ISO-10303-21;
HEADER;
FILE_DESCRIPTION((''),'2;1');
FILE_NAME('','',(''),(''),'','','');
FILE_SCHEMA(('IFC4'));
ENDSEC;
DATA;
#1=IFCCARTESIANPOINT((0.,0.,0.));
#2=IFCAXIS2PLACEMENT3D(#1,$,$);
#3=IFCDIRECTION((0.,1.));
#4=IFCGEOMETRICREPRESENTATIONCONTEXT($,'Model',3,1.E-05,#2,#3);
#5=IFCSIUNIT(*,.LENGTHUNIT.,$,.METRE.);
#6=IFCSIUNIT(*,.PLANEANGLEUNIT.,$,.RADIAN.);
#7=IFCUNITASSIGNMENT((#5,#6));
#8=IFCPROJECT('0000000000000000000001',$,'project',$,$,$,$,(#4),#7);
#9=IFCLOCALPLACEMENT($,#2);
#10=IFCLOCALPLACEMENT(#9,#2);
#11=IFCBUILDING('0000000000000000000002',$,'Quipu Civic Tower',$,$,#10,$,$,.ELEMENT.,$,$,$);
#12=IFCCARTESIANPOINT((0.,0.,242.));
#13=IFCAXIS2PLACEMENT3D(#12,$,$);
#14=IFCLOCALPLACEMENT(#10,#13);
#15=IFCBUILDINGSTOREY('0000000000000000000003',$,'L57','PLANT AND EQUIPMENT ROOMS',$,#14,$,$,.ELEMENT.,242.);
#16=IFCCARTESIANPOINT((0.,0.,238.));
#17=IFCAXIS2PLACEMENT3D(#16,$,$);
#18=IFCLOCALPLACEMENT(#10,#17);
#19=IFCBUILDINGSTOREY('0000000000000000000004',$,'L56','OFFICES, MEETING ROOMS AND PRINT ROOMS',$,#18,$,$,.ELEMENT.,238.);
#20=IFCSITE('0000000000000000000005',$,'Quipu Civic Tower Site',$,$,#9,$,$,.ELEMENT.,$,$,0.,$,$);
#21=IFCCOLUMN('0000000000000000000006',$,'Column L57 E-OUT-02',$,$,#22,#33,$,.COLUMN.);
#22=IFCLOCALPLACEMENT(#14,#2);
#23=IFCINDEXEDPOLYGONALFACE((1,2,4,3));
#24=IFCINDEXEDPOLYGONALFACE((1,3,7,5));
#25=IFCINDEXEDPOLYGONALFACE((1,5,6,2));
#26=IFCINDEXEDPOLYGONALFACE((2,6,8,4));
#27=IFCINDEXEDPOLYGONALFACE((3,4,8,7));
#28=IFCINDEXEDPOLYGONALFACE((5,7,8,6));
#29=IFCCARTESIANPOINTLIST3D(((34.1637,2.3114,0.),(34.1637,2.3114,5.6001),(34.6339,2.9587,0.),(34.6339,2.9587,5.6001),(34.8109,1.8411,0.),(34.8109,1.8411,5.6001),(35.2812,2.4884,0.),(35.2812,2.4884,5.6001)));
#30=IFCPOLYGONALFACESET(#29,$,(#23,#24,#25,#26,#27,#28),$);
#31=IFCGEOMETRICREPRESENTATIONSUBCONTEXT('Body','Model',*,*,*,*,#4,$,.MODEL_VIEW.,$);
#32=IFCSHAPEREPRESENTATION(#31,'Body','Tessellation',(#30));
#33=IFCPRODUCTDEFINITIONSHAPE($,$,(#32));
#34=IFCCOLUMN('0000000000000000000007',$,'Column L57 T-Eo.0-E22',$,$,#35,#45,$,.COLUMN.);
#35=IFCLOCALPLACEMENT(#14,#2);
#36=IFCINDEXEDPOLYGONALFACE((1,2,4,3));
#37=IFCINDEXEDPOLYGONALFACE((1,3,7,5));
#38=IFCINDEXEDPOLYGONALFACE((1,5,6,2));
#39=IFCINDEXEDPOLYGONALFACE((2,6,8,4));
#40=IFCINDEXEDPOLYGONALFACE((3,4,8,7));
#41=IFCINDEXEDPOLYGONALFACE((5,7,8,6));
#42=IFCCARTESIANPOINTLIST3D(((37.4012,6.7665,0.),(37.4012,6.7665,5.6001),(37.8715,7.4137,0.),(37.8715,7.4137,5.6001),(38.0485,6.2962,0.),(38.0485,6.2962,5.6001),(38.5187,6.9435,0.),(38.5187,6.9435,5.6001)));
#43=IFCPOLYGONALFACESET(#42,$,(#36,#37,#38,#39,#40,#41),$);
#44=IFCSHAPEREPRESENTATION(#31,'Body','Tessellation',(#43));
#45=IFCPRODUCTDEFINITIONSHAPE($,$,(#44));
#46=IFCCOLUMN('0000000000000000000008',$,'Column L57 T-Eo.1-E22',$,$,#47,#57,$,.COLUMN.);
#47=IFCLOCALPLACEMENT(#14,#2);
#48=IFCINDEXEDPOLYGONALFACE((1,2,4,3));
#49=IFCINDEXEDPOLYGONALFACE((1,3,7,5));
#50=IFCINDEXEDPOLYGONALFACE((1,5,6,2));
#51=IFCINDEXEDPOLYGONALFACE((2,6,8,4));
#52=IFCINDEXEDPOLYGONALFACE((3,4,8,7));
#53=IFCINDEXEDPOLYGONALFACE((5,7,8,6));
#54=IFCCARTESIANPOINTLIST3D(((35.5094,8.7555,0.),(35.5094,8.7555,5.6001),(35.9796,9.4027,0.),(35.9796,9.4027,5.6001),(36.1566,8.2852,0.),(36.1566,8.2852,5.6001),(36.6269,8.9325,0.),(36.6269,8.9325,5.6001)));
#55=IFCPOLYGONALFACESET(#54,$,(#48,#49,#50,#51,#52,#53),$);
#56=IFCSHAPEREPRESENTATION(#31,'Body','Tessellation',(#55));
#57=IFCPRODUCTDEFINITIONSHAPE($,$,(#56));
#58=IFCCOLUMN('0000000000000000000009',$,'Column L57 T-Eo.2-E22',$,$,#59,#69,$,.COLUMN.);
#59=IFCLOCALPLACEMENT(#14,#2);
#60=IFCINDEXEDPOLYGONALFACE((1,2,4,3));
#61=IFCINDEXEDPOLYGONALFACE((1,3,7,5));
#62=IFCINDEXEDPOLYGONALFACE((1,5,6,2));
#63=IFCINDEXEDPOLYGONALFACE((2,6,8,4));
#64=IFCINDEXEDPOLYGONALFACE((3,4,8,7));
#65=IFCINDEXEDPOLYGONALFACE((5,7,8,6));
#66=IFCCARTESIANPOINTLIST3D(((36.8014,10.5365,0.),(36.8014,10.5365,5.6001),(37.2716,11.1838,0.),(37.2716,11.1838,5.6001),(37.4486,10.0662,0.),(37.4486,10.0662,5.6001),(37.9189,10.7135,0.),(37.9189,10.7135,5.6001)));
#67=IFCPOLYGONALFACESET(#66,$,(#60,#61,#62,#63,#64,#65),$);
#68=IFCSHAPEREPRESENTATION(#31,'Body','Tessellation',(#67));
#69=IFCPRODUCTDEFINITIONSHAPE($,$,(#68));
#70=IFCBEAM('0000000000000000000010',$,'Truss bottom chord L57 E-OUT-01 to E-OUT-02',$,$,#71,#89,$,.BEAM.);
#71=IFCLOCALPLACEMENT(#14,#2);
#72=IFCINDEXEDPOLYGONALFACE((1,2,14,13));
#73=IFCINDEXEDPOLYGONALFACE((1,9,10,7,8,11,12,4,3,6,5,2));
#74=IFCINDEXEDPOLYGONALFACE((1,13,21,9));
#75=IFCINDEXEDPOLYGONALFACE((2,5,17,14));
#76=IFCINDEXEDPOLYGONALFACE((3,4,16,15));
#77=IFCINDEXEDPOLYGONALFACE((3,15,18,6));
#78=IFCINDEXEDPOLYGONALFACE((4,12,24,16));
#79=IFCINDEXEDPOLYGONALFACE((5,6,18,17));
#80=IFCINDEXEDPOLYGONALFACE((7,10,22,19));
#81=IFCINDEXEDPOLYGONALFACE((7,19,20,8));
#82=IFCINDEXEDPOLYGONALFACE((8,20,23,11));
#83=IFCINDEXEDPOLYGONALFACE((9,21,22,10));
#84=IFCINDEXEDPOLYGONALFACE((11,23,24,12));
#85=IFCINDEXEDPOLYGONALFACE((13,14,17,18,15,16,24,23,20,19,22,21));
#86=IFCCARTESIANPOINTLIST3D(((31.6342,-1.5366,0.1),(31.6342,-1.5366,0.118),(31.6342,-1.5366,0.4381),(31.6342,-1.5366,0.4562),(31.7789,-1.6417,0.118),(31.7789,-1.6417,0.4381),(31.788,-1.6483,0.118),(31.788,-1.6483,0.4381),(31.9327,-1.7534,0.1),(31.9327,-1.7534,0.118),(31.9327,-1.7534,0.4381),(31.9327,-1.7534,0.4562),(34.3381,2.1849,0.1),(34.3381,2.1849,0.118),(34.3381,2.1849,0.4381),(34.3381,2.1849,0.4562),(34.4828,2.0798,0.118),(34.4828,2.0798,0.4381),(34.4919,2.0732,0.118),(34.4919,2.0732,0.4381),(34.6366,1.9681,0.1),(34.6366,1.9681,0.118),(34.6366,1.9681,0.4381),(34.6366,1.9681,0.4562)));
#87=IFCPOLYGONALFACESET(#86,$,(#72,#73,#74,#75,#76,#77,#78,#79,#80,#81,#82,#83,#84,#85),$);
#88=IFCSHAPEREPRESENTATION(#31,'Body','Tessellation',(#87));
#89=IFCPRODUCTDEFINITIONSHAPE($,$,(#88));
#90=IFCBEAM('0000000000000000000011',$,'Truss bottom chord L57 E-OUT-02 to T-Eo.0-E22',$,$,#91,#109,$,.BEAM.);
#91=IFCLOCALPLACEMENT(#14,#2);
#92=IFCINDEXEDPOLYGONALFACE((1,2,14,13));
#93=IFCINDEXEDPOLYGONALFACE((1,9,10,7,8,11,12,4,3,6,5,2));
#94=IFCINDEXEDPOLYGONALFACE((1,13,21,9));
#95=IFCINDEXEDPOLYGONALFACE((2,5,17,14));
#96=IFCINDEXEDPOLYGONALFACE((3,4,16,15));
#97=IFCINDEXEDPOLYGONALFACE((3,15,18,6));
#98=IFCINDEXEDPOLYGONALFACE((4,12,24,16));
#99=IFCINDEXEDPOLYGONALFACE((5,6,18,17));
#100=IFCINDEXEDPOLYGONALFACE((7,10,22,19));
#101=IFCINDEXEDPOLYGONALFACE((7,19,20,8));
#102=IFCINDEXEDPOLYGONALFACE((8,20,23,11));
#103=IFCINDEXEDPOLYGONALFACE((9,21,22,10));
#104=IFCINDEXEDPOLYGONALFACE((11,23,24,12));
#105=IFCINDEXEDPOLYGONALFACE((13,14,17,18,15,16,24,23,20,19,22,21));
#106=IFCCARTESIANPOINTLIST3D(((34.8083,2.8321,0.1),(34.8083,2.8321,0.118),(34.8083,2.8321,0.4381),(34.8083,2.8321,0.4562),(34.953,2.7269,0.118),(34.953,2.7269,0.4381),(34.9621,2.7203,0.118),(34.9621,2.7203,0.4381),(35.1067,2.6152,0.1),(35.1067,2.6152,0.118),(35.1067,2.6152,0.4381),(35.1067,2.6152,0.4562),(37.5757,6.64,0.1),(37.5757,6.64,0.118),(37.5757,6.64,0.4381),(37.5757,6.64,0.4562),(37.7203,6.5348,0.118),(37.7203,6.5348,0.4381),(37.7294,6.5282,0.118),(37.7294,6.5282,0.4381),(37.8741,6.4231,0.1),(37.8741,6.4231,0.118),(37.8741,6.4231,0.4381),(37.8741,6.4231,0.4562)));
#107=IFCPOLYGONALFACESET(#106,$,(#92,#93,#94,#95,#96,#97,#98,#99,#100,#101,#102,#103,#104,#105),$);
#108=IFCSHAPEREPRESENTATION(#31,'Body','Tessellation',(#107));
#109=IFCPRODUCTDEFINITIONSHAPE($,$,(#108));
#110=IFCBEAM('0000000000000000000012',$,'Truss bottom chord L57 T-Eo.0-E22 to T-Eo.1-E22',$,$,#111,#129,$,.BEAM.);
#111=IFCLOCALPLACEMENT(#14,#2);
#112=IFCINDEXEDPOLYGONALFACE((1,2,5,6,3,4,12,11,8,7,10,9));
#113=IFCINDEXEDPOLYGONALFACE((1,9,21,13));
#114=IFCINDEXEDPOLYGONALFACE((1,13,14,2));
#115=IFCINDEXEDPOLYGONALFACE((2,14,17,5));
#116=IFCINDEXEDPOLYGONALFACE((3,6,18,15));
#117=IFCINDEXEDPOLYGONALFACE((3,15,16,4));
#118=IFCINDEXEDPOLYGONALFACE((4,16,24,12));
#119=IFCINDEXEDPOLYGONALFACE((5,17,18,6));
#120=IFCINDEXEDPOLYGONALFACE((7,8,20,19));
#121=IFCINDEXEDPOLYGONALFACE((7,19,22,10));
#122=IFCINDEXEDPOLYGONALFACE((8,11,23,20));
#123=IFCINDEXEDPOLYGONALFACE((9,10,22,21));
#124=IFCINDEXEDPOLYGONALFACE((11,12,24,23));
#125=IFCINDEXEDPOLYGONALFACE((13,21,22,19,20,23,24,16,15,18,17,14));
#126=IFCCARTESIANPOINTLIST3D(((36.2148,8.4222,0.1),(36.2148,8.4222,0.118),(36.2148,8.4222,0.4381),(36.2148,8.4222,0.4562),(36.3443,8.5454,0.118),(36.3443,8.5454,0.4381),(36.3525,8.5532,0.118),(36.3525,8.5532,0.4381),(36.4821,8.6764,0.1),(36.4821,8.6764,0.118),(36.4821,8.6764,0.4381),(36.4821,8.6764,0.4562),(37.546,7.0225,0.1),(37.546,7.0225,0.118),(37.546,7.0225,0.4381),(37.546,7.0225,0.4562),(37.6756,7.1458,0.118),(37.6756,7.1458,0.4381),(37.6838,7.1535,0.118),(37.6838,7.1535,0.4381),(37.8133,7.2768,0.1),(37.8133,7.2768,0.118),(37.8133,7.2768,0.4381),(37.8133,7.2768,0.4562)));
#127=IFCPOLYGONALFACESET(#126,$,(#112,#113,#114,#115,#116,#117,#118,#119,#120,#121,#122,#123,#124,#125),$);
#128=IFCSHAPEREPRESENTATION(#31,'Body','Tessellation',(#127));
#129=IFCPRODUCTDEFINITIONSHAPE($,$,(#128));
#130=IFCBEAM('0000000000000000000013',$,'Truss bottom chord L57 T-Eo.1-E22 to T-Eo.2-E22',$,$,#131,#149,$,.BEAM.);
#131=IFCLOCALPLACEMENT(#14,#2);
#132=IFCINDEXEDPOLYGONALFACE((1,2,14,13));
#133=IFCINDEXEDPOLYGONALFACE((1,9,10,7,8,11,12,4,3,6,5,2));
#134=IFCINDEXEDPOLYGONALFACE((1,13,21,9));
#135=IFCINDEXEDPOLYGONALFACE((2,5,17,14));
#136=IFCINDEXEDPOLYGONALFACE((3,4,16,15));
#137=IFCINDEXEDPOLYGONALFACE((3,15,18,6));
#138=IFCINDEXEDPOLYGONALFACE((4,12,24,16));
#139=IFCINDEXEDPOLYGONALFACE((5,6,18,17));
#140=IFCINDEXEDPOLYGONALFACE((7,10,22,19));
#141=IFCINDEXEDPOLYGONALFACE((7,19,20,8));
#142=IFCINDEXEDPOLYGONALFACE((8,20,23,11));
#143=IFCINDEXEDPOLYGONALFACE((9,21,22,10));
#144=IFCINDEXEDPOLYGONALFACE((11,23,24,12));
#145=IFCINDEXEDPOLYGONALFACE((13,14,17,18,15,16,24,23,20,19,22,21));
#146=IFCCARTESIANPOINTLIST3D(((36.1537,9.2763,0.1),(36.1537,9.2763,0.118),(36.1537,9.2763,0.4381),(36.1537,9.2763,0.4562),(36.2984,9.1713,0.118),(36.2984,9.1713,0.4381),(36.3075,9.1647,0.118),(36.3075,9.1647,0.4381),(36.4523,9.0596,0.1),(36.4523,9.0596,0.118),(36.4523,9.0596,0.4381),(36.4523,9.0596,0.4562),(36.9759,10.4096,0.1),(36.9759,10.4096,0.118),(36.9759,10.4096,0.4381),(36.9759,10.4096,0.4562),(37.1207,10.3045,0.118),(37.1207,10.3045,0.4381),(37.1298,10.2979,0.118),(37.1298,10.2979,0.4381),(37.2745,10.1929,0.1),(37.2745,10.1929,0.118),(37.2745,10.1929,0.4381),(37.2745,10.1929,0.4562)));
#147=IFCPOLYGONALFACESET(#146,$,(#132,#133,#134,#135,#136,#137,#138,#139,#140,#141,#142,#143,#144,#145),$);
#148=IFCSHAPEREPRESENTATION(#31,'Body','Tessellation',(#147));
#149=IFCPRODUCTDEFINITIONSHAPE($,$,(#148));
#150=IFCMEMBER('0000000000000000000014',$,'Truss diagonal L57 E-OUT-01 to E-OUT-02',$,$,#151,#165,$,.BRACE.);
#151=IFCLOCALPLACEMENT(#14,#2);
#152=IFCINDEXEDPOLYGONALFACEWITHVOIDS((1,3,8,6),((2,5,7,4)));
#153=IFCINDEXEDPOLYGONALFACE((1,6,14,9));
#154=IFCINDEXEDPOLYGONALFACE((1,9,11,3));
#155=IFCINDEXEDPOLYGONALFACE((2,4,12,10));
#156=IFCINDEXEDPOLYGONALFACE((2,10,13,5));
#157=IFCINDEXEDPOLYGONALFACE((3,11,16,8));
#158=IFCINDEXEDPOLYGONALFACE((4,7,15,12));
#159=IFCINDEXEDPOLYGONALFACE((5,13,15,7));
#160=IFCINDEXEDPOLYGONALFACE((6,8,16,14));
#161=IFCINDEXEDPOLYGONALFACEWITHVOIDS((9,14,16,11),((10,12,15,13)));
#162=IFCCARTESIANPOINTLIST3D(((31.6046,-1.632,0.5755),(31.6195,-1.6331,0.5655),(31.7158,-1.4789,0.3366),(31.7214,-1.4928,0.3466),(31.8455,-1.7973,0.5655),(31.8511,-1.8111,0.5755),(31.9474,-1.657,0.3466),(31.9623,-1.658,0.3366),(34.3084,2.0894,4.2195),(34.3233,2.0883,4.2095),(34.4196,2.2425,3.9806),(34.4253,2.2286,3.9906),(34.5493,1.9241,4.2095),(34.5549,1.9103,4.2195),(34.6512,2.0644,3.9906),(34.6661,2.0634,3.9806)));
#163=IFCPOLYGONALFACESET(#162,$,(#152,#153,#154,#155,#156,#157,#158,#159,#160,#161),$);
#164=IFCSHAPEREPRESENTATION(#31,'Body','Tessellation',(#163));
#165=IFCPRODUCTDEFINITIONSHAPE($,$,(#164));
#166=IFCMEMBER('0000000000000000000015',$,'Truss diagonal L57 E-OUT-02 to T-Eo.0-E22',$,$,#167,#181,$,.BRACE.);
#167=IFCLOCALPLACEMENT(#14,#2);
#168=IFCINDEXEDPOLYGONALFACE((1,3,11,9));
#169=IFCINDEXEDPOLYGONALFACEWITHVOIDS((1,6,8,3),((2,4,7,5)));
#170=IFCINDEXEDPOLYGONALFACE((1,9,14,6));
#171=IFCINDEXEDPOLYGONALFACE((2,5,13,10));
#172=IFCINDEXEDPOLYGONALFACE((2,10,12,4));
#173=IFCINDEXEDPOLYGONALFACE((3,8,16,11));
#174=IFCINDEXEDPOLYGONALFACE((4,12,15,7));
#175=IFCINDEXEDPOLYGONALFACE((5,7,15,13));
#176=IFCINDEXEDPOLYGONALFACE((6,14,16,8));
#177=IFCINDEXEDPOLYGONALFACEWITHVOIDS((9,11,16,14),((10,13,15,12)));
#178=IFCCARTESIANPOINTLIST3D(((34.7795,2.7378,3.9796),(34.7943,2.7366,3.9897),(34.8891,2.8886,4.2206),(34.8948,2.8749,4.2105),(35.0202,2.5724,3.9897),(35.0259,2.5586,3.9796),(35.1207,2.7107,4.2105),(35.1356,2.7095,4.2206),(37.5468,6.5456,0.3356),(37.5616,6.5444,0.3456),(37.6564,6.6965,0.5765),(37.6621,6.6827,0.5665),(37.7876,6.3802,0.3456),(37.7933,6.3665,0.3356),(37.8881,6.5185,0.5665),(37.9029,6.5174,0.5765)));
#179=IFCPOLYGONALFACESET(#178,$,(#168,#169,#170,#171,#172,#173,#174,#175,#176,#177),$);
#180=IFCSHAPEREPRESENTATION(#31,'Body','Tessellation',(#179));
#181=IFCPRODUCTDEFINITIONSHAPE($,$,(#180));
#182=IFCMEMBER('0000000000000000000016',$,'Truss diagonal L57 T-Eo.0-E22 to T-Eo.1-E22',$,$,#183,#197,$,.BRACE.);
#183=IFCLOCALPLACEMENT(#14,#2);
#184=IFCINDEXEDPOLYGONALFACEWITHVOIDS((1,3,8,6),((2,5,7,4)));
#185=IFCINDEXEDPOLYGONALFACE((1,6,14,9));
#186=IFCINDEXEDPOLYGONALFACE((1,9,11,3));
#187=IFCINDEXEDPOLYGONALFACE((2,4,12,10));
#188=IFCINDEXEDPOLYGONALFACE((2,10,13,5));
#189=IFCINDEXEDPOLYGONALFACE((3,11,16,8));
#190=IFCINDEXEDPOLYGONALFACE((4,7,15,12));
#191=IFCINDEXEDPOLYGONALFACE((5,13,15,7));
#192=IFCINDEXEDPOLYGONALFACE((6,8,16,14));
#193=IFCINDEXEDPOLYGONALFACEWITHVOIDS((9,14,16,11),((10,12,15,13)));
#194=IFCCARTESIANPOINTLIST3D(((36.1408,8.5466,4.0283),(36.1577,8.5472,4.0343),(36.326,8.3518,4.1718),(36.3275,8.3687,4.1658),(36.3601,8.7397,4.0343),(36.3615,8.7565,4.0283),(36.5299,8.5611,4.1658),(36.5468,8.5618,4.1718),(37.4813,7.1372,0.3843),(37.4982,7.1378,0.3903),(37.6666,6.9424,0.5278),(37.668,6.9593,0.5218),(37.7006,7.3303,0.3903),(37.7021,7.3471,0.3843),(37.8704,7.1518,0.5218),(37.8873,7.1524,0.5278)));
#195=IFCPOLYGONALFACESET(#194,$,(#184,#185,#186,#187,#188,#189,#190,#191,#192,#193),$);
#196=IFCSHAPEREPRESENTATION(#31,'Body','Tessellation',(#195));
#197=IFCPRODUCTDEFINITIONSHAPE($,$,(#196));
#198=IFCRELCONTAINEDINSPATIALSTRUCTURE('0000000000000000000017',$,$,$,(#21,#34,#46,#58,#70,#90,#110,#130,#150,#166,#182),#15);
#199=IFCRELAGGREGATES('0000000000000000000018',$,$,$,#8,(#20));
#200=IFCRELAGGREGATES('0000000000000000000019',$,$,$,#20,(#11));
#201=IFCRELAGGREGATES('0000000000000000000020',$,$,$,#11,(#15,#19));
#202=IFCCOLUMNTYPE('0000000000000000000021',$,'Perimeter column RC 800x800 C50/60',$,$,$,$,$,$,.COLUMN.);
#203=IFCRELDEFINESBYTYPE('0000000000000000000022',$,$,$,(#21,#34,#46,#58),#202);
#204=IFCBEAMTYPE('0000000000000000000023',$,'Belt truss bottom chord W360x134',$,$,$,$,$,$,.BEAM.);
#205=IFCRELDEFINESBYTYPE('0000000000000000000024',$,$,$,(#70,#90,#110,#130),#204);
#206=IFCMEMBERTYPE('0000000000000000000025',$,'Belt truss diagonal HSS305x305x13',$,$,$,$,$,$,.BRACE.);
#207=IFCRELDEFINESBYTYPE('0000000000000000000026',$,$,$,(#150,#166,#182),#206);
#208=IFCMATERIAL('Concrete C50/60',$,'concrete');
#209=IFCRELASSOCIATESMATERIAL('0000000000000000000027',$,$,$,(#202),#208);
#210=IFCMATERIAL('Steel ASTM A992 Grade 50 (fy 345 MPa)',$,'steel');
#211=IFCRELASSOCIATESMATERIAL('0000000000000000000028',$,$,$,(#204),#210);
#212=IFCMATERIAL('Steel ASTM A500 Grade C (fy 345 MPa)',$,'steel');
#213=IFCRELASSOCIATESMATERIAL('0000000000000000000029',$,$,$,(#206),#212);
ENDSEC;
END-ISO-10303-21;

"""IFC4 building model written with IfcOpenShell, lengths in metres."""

from ifc_helpers import new_model, si_unit, direction, frame, origin, origin_2d, place, context, subcontext, project, spatial, rectangle, hollow_rectangle, i_section, extrude, material, material_profile, profile_set, type_object, element, save


model = new_model("IFC4")

# Units and contexts
model_context = context("Model", 3, precision=1e-05, world=origin(), true_north=direction((0.0, 1.0)))
body_context = subcontext(model_context, "Body", "Model", "MODEL_VIEW")
ifc_project = project(units=[si_unit("LENGTHUNIT", "METRE"), si_unit("PLANEANGLEUNIT", "RADIAN")], contexts=[model_context])

# Site, building, storey
site_placement = place(None, origin())
site = spatial("IfcSite", under=ifc_project, at=site_placement, Name="Quipu Civic Tower Site", CompositionType="ELEMENT", RefElevation=0.0)
building_placement = place(site_placement, origin())
building = spatial("IfcBuilding", under=site, at=building_placement, Name="Quipu Civic Tower", CompositionType="ELEMENT")
storey_1_placement = place(building_placement, frame((0.0, 0.0, 242.0)))
storey_1 = spatial("IfcBuildingStorey", under=building, at=storey_1_placement, Name="L57", Description="PLANT AND EQUIPMENT ROOMS", CompositionType="ELEMENT", Elevation=242.0)

# Columns
ifc_material_1 = material(Name="Concrete C50/60", Category="concrete")
ifc_material_profile_1 = material_profile(ifc_material_1, rectangle(XDim=0.8, YDim=0.8, at=origin_2d()), Name="RC800x800")
ifc_profile_set_1 = profile_set([ifc_material_profile_1], Name="Concrete C50/60")
column_type = type_object("IfcColumnType", Name="Perimeter column RC 800x800 C50/60", PredefinedType="COLUMN", material=ifc_profile_set_1)
for number, where, z_axis, x_axis, name in (
    (1, (34.7224, 2.3999, 0.0), (0.0, 0.0, 1.0), (0.587785, 0.809017, 0.0), "Column L57 E-OUT-02"),
    (2, (37.96, 6.855, 0.0), (0.0, 0.0, 1.0), (0.587785, 0.809017, 0.0), "Column L57 T-Eo.0-E22"),
    (3, (36.0681, 8.844, 0.0), (0.0, 0.0, 1.0), (0.587785, 0.809017, 0.0), "Column L57 T-Eo.1-E22"),
    (4, (37.3601, 10.625, 0.0), (0.0, 0.0, 1.0), (0.587785, 0.809017, 0.0), "Column L57 T-Eo.2-E22"),
):
    element("IfcColumn", number, at=place(storey_1_placement, frame(where, z_axis=z_axis, x_axis=x_axis)), inside=storey_1, type_object=column_type, Name=name, PredefinedType="COLUMN", context=body_context, shape_type="SweptSolid", body=[
        extrude(rectangle(XDim=0.8, YDim=0.8, at=origin_2d()), origin(), (0.0, 0.0, 1.0), 5.6001),
    ])

# Beams
ifc_material_2 = material(Name="Steel ASTM A992 Grade 50 (fy 345 MPa)", Category="steel")
ifc_material_profile_2 = material_profile(ifc_material_2, i_section(OverallWidth=0.3689, OverallDepth=0.3562, WebThickness=0.0112, FlangeThickness=0.0181, at=origin_2d()), Name="W360x134")
ifc_profile_set_2 = profile_set([ifc_material_profile_2], Name="Steel ASTM A992 Grade 50 (fy 345 MPa)")
beam_type_1 = type_object("IfcBeamType", Name="Belt truss bottom chord W360x134", PredefinedType="BEAM", material=ifc_profile_set_2)
beam_1_placement = place(storey_1_placement, frame((31.7834, -1.645, 0.2781), z_axis=(0.587796, 0.809009, 0.0), x_axis=(-0.809009, 0.587796, 0.0)))
element("IfcBeam", 5, at=beam_1_placement, inside=storey_1, type_object=beam_type_1, Name="Truss bottom chord L57 E-OUT-01 to E-OUT-02", PredefinedType="BEAM", context=body_context, shape_type="SweptSolid", body=[
    extrude(i_section(OverallWidth=0.3689, OverallDepth=0.3562, WebThickness=0.0112, FlangeThickness=0.0181, at=origin_2d()), origin(), (0.0, 0.0, 1.0), 4.6001),
])
beam_2_placement = place(storey_1_placement, frame((34.9575, 2.7236, 0.2781), z_axis=(0.587891, 0.80894, 0.0), x_axis=(-0.80894, 0.587891, 0.0)))
element("IfcBeam", 6, at=beam_2_placement, inside=storey_1, type_object=beam_type_1, Name="Truss bottom chord L57 E-OUT-02 to T-Eo.0-E22", PredefinedType="BEAM", context=body_context, shape_type="SweptSolid", body=[
    extrude(i_section(OverallWidth=0.3689, OverallDepth=0.3562, WebThickness=0.0112, FlangeThickness=0.0181, at=origin_2d()), origin(), (0.0, 0.0, 1.0), 4.7073),
])
beam_3_placement = place(storey_1_placement, frame((37.6797, 7.1497, 0.2781), z_axis=(-0.689191, 0.72458, 0.0), x_axis=(-0.72458, -0.689191, 0.0)))
element("IfcBeam", 7, at=beam_3_placement, inside=storey_1, type_object=beam_type_1, Name="Truss bottom chord L57 T-Eo.0-E22 to T-Eo.1-E22", PredefinedType="BEAM", context=body_context, shape_type="SweptSolid", body=[
    extrude(i_section(OverallWidth=0.3689, OverallDepth=0.3562, WebThickness=0.0112, FlangeThickness=0.0181, at=origin_2d()), origin(), (0.0, 0.0, 1.0), 1.9316),
])
beam_4_placement = place(storey_1_placement, frame((36.303, 9.168, 0.2781), z_axis=(0.587259, 0.809399, 0.0), x_axis=(-0.809399, 0.587259, 0.0)))
element("IfcBeam", 8, at=beam_4_placement, inside=storey_1, type_object=beam_type_1, Name="Truss bottom chord L57 T-Eo.1-E22 to T-Eo.2-E22", PredefinedType="BEAM", context=body_context, shape_type="SweptSolid", body=[
    extrude(i_section(OverallWidth=0.3689, OverallDepth=0.3562, WebThickness=0.0112, FlangeThickness=0.0181, at=origin_2d()), origin(), (0.0, 0.0, 1.0), 1.4001),
])

# Members
ifc_material_3 = material(Name="Steel ASTM A500 Grade C (fy 345 MPa)", Category="steel")
ifc_material_profile_3 = material_profile(ifc_material_3, hollow_rectangle(XDim=0.3047, YDim=0.3047, WallThickness=0.0127, at=origin_2d()), Name="HSS305x305x13")
ifc_profile_set_3 = profile_set([ifc_material_profile_3], Name="Steel ASTM A500 Grade C (fy 345 MPa)")
member_type_1 = type_object("IfcMemberType", Name="Belt truss diagonal HSS305x305x13", PredefinedType="BRACE", material=ifc_profile_set_3)
member_1_placement = place(storey_1_placement, frame((31.7834, -1.645, 0.4561), z_axis=(0.460743, 0.63414, 0.620952), x_axis=(-0.809009, 0.587796, 0.0)))
element("IfcMember", 9, at=member_1_placement, inside=storey_1, type_object=member_type_1, Name="Truss diagonal L57 E-OUT-01 to E-OUT-02", PredefinedType="BRACE", context=body_context, shape_type="SweptSolid", body=[
    extrude(hollow_rectangle(XDim=0.3047, YDim=0.3047, WallThickness=0.0127, at=origin_2d()), origin(), (0.0, 0.0, 1.0), 5.8684),
])
member_2_placement = place(storey_1_placement, frame((34.9575, 2.7236, 4.1001), z_axis=(0.464872, 0.639665, -0.612146), x_axis=(-0.80894, 0.587891, 0.0)))
element("IfcMember", 10, at=member_2_placement, inside=storey_1, type_object=member_type_1, Name="Truss diagonal L57 E-OUT-02 to T-Eo.0-E22", PredefinedType="BRACE", context=body_context, shape_type="SweptSolid", body=[
    extrude(hollow_rectangle(XDim=0.3047, YDim=0.3047, WallThickness=0.0127, at=origin_2d()), origin(), (0.0, 0.0, 1.0), 5.9529),
])
member_3_placement = place(storey_1_placement, frame((37.6843, 7.1448, 0.4561), z_axis=(-0.32454, 0.341207, 0.882186), x_axis=(-0.724583, -0.689188, 0.0)))
element("IfcMember", 11, at=member_3_placement, inside=storey_1, type_object=member_type_1, Name="Truss diagonal L57 T-Eo.0-E22 to T-Eo.1-E22", PredefinedType="BRACE", context=body_context, shape_type="SweptSolid", body=[
    extrude(hollow_rectangle(XDim=0.3047, YDim=0.3047, WallThickness=0.0127, at=origin_2d()), origin(), (0.0, 0.0, 1.0), 4.1306),
])

# Shared definitions
storey_2_placement = place(building_placement, frame((0.0, 0.0, 238.0)))
storey_2 = spatial("IfcBuildingStorey", under=building, at=storey_2_placement, Name="L56", Description="OFFICES, MEETING ROOMS AND PRINT ROOMS", CompositionType="ELEMENT", Elevation=238.0)

save(model, "model.ifc")
